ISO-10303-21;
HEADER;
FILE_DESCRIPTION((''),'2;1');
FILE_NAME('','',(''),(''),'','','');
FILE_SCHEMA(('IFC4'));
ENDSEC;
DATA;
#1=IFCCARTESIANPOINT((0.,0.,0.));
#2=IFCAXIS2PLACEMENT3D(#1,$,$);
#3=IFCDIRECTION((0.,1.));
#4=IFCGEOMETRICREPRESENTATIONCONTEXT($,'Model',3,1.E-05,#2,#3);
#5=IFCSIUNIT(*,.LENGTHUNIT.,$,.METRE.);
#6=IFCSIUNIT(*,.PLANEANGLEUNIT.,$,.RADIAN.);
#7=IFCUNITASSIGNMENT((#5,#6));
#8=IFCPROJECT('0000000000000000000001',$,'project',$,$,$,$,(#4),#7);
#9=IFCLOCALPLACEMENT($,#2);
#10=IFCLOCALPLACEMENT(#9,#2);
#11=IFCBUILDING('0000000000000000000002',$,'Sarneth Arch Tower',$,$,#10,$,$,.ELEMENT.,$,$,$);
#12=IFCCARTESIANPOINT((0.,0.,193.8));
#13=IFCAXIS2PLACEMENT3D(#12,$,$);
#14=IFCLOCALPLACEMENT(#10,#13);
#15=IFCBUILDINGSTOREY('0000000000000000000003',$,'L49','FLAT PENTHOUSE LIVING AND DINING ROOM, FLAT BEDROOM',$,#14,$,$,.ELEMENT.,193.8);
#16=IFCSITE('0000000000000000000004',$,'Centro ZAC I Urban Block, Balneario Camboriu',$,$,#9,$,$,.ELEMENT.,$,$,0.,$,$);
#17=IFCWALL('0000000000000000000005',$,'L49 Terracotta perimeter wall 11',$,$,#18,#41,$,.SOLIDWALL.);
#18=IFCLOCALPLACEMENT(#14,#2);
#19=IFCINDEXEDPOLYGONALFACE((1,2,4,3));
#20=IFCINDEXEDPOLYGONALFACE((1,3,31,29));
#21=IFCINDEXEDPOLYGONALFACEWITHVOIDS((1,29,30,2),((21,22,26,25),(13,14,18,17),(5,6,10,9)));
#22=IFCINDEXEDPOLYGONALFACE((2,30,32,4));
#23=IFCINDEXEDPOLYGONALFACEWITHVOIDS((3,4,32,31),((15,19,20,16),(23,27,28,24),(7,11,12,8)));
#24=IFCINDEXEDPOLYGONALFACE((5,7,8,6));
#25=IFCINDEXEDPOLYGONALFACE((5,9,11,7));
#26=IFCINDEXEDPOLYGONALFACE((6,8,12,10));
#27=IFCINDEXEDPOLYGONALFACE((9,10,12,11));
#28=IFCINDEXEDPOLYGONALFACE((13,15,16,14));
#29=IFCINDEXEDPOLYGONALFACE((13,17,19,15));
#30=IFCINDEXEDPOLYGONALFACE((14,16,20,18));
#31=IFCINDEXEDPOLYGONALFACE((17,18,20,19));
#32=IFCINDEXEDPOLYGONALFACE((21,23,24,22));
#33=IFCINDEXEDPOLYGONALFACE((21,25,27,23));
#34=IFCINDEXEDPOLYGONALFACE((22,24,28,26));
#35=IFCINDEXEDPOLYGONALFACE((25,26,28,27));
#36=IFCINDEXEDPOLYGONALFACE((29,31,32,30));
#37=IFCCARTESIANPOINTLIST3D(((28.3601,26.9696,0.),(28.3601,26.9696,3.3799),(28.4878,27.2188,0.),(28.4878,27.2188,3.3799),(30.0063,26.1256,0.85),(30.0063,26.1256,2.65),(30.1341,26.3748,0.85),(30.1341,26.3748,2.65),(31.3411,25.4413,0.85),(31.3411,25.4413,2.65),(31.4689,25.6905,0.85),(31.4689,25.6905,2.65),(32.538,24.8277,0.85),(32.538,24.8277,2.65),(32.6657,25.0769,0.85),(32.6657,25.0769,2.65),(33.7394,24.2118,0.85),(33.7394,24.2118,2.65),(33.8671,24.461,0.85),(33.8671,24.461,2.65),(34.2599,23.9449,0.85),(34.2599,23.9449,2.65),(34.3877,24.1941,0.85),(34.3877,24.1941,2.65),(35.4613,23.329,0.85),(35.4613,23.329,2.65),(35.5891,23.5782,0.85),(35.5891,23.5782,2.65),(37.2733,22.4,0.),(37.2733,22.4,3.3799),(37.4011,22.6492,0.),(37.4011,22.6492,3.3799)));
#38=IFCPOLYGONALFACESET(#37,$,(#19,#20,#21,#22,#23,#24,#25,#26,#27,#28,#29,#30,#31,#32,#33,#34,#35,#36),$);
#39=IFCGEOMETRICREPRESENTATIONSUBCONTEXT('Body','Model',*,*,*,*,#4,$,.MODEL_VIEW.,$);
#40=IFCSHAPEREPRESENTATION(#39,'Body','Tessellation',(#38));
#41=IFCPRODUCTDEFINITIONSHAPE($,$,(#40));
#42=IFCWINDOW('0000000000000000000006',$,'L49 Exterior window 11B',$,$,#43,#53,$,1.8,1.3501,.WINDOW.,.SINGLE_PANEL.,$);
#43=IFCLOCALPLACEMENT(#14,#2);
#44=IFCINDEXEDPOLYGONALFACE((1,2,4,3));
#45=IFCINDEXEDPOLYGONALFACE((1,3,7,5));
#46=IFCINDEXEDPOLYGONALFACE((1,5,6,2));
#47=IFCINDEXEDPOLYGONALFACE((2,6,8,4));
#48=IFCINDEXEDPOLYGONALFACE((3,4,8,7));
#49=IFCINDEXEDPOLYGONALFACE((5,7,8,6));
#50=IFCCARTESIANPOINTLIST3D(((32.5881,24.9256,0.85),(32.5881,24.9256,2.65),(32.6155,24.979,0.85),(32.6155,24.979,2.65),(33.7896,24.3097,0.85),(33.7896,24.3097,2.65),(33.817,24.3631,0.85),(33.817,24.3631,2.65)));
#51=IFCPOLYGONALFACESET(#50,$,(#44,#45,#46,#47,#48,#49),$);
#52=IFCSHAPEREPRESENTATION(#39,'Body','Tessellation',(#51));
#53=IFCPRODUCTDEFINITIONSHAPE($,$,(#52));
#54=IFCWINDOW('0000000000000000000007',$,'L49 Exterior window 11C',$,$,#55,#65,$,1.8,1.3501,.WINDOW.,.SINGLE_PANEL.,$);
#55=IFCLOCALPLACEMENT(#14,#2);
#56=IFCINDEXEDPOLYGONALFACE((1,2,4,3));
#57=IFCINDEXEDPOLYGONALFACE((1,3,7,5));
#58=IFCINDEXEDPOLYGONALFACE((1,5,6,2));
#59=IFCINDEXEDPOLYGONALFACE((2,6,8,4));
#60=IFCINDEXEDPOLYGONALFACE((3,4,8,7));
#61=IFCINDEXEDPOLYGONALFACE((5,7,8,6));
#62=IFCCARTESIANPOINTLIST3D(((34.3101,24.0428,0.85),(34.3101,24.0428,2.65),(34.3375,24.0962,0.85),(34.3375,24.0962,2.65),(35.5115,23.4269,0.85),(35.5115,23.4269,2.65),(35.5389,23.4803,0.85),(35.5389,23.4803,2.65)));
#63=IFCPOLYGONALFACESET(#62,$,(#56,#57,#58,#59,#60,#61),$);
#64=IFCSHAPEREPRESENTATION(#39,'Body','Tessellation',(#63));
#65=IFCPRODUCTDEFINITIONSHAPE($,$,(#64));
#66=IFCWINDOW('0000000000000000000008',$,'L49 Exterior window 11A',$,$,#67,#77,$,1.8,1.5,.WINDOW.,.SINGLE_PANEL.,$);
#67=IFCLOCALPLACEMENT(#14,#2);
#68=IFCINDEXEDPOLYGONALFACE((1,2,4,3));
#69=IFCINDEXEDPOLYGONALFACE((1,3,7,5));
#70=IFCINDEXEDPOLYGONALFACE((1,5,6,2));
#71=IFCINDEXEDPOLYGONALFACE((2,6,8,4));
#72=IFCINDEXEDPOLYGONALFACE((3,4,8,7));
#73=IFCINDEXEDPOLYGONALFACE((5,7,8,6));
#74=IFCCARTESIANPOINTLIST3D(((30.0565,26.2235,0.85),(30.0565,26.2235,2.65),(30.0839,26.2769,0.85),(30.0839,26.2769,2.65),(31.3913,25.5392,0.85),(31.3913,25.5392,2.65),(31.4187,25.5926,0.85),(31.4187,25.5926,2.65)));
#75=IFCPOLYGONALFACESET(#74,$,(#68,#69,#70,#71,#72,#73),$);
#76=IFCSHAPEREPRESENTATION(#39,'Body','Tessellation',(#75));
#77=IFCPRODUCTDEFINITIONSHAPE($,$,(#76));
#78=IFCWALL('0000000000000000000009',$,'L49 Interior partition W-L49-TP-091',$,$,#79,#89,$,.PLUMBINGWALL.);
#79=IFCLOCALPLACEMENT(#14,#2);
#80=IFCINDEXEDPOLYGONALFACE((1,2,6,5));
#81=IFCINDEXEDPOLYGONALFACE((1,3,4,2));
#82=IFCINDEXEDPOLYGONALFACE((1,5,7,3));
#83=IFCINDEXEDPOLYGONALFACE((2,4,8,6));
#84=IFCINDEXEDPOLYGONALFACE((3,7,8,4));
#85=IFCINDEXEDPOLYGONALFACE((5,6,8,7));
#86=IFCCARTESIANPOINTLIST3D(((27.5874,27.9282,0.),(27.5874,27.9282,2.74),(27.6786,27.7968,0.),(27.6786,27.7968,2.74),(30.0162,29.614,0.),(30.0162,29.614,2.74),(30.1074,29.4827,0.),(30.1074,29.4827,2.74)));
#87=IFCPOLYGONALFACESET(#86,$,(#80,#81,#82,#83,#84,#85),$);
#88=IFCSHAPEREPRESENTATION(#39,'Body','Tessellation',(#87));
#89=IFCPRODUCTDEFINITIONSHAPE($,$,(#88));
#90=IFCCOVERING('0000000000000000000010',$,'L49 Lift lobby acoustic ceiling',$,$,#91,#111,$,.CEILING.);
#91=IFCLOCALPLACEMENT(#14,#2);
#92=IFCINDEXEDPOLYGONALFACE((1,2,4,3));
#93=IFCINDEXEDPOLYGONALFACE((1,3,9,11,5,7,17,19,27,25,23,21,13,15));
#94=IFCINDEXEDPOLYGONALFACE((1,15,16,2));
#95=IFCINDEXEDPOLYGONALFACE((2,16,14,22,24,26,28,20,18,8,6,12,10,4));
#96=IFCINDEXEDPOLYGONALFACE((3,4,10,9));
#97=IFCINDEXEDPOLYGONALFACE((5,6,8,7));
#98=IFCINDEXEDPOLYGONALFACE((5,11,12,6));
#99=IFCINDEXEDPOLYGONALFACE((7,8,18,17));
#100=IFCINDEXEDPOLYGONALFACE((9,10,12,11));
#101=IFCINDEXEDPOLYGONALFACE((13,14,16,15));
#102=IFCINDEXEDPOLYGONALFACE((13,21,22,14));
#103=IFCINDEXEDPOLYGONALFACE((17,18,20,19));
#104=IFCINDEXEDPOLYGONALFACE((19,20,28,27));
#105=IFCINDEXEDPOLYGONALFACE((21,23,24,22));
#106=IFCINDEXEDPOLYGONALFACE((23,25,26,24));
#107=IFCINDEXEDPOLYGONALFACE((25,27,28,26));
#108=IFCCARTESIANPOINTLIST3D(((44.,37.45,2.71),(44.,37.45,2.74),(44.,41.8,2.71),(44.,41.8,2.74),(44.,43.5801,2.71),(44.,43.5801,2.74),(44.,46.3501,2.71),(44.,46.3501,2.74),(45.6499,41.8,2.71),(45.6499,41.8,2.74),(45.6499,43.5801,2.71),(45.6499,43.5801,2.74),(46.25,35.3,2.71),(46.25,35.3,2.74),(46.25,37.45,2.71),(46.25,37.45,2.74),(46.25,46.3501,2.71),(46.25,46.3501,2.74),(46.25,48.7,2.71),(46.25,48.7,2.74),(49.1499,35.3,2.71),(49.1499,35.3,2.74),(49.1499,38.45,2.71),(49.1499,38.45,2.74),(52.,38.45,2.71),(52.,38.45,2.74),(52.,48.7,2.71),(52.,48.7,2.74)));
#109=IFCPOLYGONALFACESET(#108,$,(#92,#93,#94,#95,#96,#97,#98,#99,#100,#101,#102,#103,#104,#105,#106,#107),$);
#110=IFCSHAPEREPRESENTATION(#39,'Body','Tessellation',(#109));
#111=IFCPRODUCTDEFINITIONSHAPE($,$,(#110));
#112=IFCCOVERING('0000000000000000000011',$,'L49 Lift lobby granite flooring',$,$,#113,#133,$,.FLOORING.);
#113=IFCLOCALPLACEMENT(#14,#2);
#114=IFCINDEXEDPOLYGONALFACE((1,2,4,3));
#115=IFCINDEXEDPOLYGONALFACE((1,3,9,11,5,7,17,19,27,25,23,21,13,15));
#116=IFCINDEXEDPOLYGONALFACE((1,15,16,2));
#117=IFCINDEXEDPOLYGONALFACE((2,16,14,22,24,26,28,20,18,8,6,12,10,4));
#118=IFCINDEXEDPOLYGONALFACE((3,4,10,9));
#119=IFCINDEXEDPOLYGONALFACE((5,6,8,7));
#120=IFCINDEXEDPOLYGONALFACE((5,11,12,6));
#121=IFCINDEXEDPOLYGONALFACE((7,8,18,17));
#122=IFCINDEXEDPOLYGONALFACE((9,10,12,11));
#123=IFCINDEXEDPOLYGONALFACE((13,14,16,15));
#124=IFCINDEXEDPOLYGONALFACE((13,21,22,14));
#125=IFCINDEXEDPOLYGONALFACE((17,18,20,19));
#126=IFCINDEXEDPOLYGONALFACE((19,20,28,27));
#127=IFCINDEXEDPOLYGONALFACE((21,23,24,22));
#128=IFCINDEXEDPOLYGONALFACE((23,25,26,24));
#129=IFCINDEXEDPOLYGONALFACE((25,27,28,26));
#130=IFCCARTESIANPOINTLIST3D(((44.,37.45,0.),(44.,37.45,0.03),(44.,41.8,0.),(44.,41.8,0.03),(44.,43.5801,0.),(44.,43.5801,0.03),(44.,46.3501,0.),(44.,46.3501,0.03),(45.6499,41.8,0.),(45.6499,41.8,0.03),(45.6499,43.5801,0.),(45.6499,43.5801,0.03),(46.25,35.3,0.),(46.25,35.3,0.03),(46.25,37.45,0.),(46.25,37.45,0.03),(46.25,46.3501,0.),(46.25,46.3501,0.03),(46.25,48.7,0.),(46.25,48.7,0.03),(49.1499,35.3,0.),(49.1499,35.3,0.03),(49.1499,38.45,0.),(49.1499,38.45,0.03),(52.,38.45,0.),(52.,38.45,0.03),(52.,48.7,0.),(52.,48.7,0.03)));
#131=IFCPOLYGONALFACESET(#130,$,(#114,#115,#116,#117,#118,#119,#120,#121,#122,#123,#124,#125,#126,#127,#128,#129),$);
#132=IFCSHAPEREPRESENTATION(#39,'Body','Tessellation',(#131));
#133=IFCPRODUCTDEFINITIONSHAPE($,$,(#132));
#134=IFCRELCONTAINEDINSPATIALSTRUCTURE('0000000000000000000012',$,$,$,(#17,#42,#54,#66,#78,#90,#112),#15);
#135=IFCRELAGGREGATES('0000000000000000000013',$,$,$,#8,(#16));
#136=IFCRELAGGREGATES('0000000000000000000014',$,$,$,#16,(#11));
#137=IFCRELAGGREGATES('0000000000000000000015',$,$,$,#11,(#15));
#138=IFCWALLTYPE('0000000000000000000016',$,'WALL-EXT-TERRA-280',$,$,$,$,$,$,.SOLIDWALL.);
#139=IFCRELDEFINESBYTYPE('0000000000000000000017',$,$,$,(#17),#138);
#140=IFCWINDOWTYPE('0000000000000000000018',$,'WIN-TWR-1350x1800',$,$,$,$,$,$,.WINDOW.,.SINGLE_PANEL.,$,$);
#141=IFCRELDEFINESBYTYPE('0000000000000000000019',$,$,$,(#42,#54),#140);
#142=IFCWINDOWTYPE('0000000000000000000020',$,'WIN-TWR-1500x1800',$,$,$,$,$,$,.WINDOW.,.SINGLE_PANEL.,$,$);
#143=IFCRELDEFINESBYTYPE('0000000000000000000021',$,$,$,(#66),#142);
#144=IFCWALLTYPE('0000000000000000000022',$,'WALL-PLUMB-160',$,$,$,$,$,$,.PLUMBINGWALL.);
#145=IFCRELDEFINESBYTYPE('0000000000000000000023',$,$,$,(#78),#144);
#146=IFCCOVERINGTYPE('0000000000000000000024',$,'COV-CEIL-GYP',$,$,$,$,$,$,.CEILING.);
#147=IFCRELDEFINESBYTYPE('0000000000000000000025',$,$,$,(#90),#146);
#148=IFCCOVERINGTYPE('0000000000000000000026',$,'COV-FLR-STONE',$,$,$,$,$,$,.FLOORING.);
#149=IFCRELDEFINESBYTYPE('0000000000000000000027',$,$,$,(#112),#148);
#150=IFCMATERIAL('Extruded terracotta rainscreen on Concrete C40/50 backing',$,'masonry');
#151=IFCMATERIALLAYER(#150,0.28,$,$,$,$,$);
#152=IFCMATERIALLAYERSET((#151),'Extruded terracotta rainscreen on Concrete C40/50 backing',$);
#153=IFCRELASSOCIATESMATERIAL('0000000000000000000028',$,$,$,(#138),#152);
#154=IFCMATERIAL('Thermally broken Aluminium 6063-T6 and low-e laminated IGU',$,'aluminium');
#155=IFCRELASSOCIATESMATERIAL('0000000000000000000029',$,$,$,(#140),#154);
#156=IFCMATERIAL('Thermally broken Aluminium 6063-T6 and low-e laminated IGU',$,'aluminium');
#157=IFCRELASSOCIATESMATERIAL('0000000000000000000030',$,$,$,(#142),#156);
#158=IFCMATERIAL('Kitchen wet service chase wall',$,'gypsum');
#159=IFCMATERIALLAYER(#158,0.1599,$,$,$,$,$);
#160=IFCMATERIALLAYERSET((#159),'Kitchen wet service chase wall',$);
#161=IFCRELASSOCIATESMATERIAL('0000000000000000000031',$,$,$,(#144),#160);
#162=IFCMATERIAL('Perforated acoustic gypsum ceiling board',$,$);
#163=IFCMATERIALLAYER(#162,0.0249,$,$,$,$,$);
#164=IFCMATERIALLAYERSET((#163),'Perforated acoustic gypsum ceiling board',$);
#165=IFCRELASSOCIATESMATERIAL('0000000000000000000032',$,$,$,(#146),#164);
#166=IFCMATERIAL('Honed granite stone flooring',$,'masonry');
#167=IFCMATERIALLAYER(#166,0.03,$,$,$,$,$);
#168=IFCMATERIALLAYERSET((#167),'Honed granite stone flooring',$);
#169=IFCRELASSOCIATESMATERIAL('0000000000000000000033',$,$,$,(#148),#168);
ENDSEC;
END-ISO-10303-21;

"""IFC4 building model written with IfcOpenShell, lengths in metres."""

from ifc_helpers import new_model, si_unit, direction, frame, frame_2d, origin, place, context, subcontext, project, spatial, polyline, rectangle, outline, extrude, material, layer, layer_set, type_object, element, fill, save


model = new_model("IFC4")

# Units and contexts
model_context = context("Model", 3, precision=1e-05, world=origin(), true_north=direction((0.0, 1.0)))
body_context = subcontext(model_context, "Body", "Model", "MODEL_VIEW")
ifc_project = project(units=[si_unit("LENGTHUNIT", "METRE"), si_unit("PLANEANGLEUNIT", "RADIAN")], contexts=[model_context])

# Site, building, storey
site_placement = place(None, origin())
site = spatial("IfcSite", under=ifc_project, at=site_placement, Name="Centro ZAC I Urban Block, Balneario Camboriu", CompositionType="ELEMENT", RefElevation=0.0)
building_placement = place(site_placement, origin())
building = spatial("IfcBuilding", under=site, at=building_placement, Name="Sarneth Arch Tower", CompositionType="ELEMENT")
storey_placement = place(building_placement, frame((0.0, 0.0, 193.8)))
storey = spatial("IfcBuildingStorey", under=building, at=storey_placement, Name="L49", Description="FLAT PENTHOUSE LIVING AND DINING ROOM, FLAT BEDROOM", CompositionType="ELEMENT", Elevation=193.8)

# Wall, openings, windows
ifc_material_1 = material(Name="Extruded terracotta rainscreen on Concrete C40/50 backing", Category="masonry")
ifc_layer_1 = layer(ifc_material_1, 0.28)
ifc_layer_set_1 = layer_set([ifc_layer_1], Name="Extruded terracotta rainscreen on Concrete C40/50 backing")
wall_type_1 = type_object("IfcWallType", Name="WALL-EXT-TERRA-280", PredefinedType="SOLIDWALL", material=ifc_layer_set_1)
wall_1_placement = place(storey_placement, frame((28.4238, 27.0942, 0.0), z_axis=(0.0, 0.0, 1.0), x_axis=(0.889873, -0.456209, 0.0)))
wall_1 = element("IfcWall", 1, at=wall_1_placement, inside=storey, type_object=wall_type_1, Name="L49 Terracotta perimeter wall 11", PredefinedType="SOLIDWALL", context=body_context, shape_type="SweptSolid", body=[
    extrude(rectangle(XDim=10.0164, YDim=0.28, at=frame_2d((5.0083, 0.0))), origin(), (0.0, 0.0, 1.0), 3.3799),
])
opening_1_placement = place(wall_1_placement, frame((1.8501, 0.0, 0.8501)))
opening_1 = element("IfcOpeningElement", 2, at=opening_1_placement, cuts=wall_1, PredefinedType="OPENING", context=body_context, shape_type="SweptSolid", body=[
    extrude(rectangle(XDim=1.5, YDim=1.8, at=frame_2d((0.75, 0.8999))), frame((0.0, 0.1499, 0.0), z_axis=(0.0, -1.0, 0.0), x_axis=(1.0, 0.0, 0.0)), (0.0, 0.0, 1.0), 0.3),
])
opening_2_placement = place(wall_1_placement, frame((4.6951, 0.0, 0.8501)))
opening_2 = element("IfcOpeningElement", 3, at=opening_2_placement, cuts=wall_1, PredefinedType="OPENING", context=body_context, shape_type="SweptSolid", body=[
    extrude(rectangle(XDim=1.3501, YDim=1.8, at=frame_2d((0.675, 0.8999))), frame((0.0, 0.1499, 0.0), z_axis=(0.0, -1.0, 0.0), x_axis=(1.0, 0.0, 0.0)), (0.0, 0.0, 1.0), 0.3),
])
opening_3_placement = place(wall_1_placement, frame((6.6301, 0.0, 0.8501)))
opening_3 = element("IfcOpeningElement", 4, at=opening_3_placement, cuts=wall_1, PredefinedType="OPENING", context=body_context, shape_type="SweptSolid", body=[
    extrude(rectangle(XDim=1.3501, YDim=1.8, at=frame_2d((0.675, 0.8999))), frame((0.0, 0.1499, 0.0), z_axis=(0.0, -1.0, 0.0), x_axis=(1.0, 0.0, 0.0)), (0.0, 0.0, 1.0), 0.3),
])
ifc_material_2 = material(Name="Thermally broken Aluminium 6063-T6 and low-e laminated IGU", Category="aluminium")
window_type_1 = type_object("IfcWindowType", Name="WIN-TWR-1350x1800", PartitioningType="SINGLE_PANEL", PredefinedType="WINDOW", material=ifc_material_2)
window_1_placement = place(opening_2_placement, origin())
window_1 = element("IfcWindow", 5, at=window_1_placement, inside=storey, type_object=window_type_1, Name="L49 Exterior window 11B", OverallHeight=1.8, OverallWidth=1.3501, PartitioningType="SINGLE_PANEL", PredefinedType="WINDOW", context=body_context, shape_type="SweptSolid", body=[
    extrude(rectangle(XDim=1.3501, YDim=1.8, at=frame_2d((0.675, 0.8999))), frame((0.0, 0.03, 0.0), z_axis=(0.0, -1.0, 0.0), x_axis=(1.0, 0.0, 0.0)), (0.0, 0.0, 1.0), 0.0601),
])
fill(opening_2, window_1)
window_2_placement = place(opening_3_placement, origin())
window_2 = element("IfcWindow", 6, at=window_2_placement, inside=storey, type_object=window_type_1, Name="L49 Exterior window 11C", OverallHeight=1.8, OverallWidth=1.3501, PartitioningType="SINGLE_PANEL", PredefinedType="WINDOW", context=body_context, shape_type="SweptSolid", body=[
    extrude(rectangle(XDim=1.3501, YDim=1.8, at=frame_2d((0.675, 0.8999))), frame((0.0, 0.03, 0.0), z_axis=(0.0, -1.0, 0.0), x_axis=(1.0, 0.0, 0.0)), (0.0, 0.0, 1.0), 0.0601),
])
fill(opening_3, window_2)
ifc_material_3 = material(Name="Thermally broken Aluminium 6063-T6 and low-e laminated IGU", Category="aluminium")
window_type_2 = type_object("IfcWindowType", Name="WIN-TWR-1500x1800", PartitioningType="SINGLE_PANEL", PredefinedType="WINDOW", material=ifc_material_3)
window_3_placement = place(opening_1_placement, origin())
window_3 = element("IfcWindow", 7, at=window_3_placement, inside=storey, type_object=window_type_2, Name="L49 Exterior window 11A", OverallHeight=1.8, OverallWidth=1.5, PartitioningType="SINGLE_PANEL", PredefinedType="WINDOW", context=body_context, shape_type="SweptSolid", body=[
    extrude(rectangle(XDim=1.5, YDim=1.8, at=frame_2d((0.75, 0.8999))), frame((0.0, 0.03, 0.0), z_axis=(0.0, -1.0, 0.0), x_axis=(1.0, 0.0, 0.0)), (0.0, 0.0, 1.0), 0.0601),
])
fill(opening_1, window_3)

# Wall
ifc_material_4 = material(Name="Kitchen wet service chase wall", Category="gypsum")
ifc_layer_2 = layer(ifc_material_4, 0.1599)
ifc_layer_set_2 = layer_set([ifc_layer_2], Name="Kitchen wet service chase wall")
wall_type_2 = type_object("IfcWallType", Name="WALL-PLUMB-160", PredefinedType="PLUMBINGWALL", material=ifc_layer_set_2)
wall_2_placement = place(storey_placement, frame((30.0618, 29.5483, 0.0), z_axis=(0.0, 0.0, 1.0), x_axis=(-0.821499, -0.57021, 0.0)))
element("IfcWall", 8, at=wall_2_placement, inside=storey, type_object=wall_type_2, Name="L49 Interior partition W-L49-TP-091", PredefinedType="PLUMBINGWALL", context=body_context, shape_type="SweptSolid", body=[
    extrude(rectangle(XDim=2.9565, YDim=0.1599, at=frame_2d((1.4783, 0.0))), origin(), (0.0, 0.0, 1.0), 2.74),
])

# Coverings
ifc_material_5 = material(Name="Perforated acoustic gypsum ceiling board")
ifc_layer_3 = layer(ifc_material_5, 0.0249)
ifc_layer_set_3 = layer_set([ifc_layer_3], Name="Perforated acoustic gypsum ceiling board")
covering_type_1 = type_object("IfcCoveringType", Name="COV-CEIL-GYP", PredefinedType="CEILING", material=ifc_layer_set_3)
covering_1_placement = place(storey_placement, frame((0.0, 0.0, 2.71)))
element("IfcCovering", 9, at=covering_1_placement, inside=storey, type_object=covering_type_1, Name="L49 Lift lobby acoustic ceiling", PredefinedType="CEILING", context=body_context, shape_type="SweptSolid", body=[
    extrude(outline(polyline([(49.1499, 38.45), (49.1499, 35.3), (46.25, 35.3), (46.25, 37.45), (44.0, 37.45), (44.0, 41.8), (45.6499, 41.8), (45.6499, 43.5801), (44.0, 43.5801), (44.0, 46.3501), (46.25, 46.3501), (46.25, 48.7), (52.0, 48.7), (52.0, 38.45), (49.1499, 38.45)])), origin(), (0.0, 0.0, 1.0), 0.03),
])
ifc_material_6 = material(Name="Honed granite stone flooring", Category="masonry")
ifc_layer_4 = layer(ifc_material_6, 0.03)
ifc_layer_set_4 = layer_set([ifc_layer_4], Name="Honed granite stone flooring")
covering_type_2 = type_object("IfcCoveringType", Name="COV-FLR-STONE", PredefinedType="FLOORING", material=ifc_layer_set_4)
covering_2_placement = place(storey_placement, origin())
element("IfcCovering", 10, at=covering_2_placement, inside=storey, type_object=covering_type_2, Name="L49 Lift lobby granite flooring", PredefinedType="FLOORING", context=body_context, shape_type="SweptSolid", body=[
    extrude(outline(polyline([(49.1499, 38.45), (49.1499, 35.3), (46.25, 35.3), (46.25, 37.45), (44.0, 37.45), (44.0, 41.8), (45.6499, 41.8), (45.6499, 43.5801), (44.0, 43.5801), (44.0, 46.3501), (46.25, 46.3501), (46.25, 48.7), (52.0, 48.7), (52.0, 38.45), (49.1499, 38.45)])), origin(), (0.0, 0.0, 1.0), 0.03),
])

save(model, "model.ifc")
